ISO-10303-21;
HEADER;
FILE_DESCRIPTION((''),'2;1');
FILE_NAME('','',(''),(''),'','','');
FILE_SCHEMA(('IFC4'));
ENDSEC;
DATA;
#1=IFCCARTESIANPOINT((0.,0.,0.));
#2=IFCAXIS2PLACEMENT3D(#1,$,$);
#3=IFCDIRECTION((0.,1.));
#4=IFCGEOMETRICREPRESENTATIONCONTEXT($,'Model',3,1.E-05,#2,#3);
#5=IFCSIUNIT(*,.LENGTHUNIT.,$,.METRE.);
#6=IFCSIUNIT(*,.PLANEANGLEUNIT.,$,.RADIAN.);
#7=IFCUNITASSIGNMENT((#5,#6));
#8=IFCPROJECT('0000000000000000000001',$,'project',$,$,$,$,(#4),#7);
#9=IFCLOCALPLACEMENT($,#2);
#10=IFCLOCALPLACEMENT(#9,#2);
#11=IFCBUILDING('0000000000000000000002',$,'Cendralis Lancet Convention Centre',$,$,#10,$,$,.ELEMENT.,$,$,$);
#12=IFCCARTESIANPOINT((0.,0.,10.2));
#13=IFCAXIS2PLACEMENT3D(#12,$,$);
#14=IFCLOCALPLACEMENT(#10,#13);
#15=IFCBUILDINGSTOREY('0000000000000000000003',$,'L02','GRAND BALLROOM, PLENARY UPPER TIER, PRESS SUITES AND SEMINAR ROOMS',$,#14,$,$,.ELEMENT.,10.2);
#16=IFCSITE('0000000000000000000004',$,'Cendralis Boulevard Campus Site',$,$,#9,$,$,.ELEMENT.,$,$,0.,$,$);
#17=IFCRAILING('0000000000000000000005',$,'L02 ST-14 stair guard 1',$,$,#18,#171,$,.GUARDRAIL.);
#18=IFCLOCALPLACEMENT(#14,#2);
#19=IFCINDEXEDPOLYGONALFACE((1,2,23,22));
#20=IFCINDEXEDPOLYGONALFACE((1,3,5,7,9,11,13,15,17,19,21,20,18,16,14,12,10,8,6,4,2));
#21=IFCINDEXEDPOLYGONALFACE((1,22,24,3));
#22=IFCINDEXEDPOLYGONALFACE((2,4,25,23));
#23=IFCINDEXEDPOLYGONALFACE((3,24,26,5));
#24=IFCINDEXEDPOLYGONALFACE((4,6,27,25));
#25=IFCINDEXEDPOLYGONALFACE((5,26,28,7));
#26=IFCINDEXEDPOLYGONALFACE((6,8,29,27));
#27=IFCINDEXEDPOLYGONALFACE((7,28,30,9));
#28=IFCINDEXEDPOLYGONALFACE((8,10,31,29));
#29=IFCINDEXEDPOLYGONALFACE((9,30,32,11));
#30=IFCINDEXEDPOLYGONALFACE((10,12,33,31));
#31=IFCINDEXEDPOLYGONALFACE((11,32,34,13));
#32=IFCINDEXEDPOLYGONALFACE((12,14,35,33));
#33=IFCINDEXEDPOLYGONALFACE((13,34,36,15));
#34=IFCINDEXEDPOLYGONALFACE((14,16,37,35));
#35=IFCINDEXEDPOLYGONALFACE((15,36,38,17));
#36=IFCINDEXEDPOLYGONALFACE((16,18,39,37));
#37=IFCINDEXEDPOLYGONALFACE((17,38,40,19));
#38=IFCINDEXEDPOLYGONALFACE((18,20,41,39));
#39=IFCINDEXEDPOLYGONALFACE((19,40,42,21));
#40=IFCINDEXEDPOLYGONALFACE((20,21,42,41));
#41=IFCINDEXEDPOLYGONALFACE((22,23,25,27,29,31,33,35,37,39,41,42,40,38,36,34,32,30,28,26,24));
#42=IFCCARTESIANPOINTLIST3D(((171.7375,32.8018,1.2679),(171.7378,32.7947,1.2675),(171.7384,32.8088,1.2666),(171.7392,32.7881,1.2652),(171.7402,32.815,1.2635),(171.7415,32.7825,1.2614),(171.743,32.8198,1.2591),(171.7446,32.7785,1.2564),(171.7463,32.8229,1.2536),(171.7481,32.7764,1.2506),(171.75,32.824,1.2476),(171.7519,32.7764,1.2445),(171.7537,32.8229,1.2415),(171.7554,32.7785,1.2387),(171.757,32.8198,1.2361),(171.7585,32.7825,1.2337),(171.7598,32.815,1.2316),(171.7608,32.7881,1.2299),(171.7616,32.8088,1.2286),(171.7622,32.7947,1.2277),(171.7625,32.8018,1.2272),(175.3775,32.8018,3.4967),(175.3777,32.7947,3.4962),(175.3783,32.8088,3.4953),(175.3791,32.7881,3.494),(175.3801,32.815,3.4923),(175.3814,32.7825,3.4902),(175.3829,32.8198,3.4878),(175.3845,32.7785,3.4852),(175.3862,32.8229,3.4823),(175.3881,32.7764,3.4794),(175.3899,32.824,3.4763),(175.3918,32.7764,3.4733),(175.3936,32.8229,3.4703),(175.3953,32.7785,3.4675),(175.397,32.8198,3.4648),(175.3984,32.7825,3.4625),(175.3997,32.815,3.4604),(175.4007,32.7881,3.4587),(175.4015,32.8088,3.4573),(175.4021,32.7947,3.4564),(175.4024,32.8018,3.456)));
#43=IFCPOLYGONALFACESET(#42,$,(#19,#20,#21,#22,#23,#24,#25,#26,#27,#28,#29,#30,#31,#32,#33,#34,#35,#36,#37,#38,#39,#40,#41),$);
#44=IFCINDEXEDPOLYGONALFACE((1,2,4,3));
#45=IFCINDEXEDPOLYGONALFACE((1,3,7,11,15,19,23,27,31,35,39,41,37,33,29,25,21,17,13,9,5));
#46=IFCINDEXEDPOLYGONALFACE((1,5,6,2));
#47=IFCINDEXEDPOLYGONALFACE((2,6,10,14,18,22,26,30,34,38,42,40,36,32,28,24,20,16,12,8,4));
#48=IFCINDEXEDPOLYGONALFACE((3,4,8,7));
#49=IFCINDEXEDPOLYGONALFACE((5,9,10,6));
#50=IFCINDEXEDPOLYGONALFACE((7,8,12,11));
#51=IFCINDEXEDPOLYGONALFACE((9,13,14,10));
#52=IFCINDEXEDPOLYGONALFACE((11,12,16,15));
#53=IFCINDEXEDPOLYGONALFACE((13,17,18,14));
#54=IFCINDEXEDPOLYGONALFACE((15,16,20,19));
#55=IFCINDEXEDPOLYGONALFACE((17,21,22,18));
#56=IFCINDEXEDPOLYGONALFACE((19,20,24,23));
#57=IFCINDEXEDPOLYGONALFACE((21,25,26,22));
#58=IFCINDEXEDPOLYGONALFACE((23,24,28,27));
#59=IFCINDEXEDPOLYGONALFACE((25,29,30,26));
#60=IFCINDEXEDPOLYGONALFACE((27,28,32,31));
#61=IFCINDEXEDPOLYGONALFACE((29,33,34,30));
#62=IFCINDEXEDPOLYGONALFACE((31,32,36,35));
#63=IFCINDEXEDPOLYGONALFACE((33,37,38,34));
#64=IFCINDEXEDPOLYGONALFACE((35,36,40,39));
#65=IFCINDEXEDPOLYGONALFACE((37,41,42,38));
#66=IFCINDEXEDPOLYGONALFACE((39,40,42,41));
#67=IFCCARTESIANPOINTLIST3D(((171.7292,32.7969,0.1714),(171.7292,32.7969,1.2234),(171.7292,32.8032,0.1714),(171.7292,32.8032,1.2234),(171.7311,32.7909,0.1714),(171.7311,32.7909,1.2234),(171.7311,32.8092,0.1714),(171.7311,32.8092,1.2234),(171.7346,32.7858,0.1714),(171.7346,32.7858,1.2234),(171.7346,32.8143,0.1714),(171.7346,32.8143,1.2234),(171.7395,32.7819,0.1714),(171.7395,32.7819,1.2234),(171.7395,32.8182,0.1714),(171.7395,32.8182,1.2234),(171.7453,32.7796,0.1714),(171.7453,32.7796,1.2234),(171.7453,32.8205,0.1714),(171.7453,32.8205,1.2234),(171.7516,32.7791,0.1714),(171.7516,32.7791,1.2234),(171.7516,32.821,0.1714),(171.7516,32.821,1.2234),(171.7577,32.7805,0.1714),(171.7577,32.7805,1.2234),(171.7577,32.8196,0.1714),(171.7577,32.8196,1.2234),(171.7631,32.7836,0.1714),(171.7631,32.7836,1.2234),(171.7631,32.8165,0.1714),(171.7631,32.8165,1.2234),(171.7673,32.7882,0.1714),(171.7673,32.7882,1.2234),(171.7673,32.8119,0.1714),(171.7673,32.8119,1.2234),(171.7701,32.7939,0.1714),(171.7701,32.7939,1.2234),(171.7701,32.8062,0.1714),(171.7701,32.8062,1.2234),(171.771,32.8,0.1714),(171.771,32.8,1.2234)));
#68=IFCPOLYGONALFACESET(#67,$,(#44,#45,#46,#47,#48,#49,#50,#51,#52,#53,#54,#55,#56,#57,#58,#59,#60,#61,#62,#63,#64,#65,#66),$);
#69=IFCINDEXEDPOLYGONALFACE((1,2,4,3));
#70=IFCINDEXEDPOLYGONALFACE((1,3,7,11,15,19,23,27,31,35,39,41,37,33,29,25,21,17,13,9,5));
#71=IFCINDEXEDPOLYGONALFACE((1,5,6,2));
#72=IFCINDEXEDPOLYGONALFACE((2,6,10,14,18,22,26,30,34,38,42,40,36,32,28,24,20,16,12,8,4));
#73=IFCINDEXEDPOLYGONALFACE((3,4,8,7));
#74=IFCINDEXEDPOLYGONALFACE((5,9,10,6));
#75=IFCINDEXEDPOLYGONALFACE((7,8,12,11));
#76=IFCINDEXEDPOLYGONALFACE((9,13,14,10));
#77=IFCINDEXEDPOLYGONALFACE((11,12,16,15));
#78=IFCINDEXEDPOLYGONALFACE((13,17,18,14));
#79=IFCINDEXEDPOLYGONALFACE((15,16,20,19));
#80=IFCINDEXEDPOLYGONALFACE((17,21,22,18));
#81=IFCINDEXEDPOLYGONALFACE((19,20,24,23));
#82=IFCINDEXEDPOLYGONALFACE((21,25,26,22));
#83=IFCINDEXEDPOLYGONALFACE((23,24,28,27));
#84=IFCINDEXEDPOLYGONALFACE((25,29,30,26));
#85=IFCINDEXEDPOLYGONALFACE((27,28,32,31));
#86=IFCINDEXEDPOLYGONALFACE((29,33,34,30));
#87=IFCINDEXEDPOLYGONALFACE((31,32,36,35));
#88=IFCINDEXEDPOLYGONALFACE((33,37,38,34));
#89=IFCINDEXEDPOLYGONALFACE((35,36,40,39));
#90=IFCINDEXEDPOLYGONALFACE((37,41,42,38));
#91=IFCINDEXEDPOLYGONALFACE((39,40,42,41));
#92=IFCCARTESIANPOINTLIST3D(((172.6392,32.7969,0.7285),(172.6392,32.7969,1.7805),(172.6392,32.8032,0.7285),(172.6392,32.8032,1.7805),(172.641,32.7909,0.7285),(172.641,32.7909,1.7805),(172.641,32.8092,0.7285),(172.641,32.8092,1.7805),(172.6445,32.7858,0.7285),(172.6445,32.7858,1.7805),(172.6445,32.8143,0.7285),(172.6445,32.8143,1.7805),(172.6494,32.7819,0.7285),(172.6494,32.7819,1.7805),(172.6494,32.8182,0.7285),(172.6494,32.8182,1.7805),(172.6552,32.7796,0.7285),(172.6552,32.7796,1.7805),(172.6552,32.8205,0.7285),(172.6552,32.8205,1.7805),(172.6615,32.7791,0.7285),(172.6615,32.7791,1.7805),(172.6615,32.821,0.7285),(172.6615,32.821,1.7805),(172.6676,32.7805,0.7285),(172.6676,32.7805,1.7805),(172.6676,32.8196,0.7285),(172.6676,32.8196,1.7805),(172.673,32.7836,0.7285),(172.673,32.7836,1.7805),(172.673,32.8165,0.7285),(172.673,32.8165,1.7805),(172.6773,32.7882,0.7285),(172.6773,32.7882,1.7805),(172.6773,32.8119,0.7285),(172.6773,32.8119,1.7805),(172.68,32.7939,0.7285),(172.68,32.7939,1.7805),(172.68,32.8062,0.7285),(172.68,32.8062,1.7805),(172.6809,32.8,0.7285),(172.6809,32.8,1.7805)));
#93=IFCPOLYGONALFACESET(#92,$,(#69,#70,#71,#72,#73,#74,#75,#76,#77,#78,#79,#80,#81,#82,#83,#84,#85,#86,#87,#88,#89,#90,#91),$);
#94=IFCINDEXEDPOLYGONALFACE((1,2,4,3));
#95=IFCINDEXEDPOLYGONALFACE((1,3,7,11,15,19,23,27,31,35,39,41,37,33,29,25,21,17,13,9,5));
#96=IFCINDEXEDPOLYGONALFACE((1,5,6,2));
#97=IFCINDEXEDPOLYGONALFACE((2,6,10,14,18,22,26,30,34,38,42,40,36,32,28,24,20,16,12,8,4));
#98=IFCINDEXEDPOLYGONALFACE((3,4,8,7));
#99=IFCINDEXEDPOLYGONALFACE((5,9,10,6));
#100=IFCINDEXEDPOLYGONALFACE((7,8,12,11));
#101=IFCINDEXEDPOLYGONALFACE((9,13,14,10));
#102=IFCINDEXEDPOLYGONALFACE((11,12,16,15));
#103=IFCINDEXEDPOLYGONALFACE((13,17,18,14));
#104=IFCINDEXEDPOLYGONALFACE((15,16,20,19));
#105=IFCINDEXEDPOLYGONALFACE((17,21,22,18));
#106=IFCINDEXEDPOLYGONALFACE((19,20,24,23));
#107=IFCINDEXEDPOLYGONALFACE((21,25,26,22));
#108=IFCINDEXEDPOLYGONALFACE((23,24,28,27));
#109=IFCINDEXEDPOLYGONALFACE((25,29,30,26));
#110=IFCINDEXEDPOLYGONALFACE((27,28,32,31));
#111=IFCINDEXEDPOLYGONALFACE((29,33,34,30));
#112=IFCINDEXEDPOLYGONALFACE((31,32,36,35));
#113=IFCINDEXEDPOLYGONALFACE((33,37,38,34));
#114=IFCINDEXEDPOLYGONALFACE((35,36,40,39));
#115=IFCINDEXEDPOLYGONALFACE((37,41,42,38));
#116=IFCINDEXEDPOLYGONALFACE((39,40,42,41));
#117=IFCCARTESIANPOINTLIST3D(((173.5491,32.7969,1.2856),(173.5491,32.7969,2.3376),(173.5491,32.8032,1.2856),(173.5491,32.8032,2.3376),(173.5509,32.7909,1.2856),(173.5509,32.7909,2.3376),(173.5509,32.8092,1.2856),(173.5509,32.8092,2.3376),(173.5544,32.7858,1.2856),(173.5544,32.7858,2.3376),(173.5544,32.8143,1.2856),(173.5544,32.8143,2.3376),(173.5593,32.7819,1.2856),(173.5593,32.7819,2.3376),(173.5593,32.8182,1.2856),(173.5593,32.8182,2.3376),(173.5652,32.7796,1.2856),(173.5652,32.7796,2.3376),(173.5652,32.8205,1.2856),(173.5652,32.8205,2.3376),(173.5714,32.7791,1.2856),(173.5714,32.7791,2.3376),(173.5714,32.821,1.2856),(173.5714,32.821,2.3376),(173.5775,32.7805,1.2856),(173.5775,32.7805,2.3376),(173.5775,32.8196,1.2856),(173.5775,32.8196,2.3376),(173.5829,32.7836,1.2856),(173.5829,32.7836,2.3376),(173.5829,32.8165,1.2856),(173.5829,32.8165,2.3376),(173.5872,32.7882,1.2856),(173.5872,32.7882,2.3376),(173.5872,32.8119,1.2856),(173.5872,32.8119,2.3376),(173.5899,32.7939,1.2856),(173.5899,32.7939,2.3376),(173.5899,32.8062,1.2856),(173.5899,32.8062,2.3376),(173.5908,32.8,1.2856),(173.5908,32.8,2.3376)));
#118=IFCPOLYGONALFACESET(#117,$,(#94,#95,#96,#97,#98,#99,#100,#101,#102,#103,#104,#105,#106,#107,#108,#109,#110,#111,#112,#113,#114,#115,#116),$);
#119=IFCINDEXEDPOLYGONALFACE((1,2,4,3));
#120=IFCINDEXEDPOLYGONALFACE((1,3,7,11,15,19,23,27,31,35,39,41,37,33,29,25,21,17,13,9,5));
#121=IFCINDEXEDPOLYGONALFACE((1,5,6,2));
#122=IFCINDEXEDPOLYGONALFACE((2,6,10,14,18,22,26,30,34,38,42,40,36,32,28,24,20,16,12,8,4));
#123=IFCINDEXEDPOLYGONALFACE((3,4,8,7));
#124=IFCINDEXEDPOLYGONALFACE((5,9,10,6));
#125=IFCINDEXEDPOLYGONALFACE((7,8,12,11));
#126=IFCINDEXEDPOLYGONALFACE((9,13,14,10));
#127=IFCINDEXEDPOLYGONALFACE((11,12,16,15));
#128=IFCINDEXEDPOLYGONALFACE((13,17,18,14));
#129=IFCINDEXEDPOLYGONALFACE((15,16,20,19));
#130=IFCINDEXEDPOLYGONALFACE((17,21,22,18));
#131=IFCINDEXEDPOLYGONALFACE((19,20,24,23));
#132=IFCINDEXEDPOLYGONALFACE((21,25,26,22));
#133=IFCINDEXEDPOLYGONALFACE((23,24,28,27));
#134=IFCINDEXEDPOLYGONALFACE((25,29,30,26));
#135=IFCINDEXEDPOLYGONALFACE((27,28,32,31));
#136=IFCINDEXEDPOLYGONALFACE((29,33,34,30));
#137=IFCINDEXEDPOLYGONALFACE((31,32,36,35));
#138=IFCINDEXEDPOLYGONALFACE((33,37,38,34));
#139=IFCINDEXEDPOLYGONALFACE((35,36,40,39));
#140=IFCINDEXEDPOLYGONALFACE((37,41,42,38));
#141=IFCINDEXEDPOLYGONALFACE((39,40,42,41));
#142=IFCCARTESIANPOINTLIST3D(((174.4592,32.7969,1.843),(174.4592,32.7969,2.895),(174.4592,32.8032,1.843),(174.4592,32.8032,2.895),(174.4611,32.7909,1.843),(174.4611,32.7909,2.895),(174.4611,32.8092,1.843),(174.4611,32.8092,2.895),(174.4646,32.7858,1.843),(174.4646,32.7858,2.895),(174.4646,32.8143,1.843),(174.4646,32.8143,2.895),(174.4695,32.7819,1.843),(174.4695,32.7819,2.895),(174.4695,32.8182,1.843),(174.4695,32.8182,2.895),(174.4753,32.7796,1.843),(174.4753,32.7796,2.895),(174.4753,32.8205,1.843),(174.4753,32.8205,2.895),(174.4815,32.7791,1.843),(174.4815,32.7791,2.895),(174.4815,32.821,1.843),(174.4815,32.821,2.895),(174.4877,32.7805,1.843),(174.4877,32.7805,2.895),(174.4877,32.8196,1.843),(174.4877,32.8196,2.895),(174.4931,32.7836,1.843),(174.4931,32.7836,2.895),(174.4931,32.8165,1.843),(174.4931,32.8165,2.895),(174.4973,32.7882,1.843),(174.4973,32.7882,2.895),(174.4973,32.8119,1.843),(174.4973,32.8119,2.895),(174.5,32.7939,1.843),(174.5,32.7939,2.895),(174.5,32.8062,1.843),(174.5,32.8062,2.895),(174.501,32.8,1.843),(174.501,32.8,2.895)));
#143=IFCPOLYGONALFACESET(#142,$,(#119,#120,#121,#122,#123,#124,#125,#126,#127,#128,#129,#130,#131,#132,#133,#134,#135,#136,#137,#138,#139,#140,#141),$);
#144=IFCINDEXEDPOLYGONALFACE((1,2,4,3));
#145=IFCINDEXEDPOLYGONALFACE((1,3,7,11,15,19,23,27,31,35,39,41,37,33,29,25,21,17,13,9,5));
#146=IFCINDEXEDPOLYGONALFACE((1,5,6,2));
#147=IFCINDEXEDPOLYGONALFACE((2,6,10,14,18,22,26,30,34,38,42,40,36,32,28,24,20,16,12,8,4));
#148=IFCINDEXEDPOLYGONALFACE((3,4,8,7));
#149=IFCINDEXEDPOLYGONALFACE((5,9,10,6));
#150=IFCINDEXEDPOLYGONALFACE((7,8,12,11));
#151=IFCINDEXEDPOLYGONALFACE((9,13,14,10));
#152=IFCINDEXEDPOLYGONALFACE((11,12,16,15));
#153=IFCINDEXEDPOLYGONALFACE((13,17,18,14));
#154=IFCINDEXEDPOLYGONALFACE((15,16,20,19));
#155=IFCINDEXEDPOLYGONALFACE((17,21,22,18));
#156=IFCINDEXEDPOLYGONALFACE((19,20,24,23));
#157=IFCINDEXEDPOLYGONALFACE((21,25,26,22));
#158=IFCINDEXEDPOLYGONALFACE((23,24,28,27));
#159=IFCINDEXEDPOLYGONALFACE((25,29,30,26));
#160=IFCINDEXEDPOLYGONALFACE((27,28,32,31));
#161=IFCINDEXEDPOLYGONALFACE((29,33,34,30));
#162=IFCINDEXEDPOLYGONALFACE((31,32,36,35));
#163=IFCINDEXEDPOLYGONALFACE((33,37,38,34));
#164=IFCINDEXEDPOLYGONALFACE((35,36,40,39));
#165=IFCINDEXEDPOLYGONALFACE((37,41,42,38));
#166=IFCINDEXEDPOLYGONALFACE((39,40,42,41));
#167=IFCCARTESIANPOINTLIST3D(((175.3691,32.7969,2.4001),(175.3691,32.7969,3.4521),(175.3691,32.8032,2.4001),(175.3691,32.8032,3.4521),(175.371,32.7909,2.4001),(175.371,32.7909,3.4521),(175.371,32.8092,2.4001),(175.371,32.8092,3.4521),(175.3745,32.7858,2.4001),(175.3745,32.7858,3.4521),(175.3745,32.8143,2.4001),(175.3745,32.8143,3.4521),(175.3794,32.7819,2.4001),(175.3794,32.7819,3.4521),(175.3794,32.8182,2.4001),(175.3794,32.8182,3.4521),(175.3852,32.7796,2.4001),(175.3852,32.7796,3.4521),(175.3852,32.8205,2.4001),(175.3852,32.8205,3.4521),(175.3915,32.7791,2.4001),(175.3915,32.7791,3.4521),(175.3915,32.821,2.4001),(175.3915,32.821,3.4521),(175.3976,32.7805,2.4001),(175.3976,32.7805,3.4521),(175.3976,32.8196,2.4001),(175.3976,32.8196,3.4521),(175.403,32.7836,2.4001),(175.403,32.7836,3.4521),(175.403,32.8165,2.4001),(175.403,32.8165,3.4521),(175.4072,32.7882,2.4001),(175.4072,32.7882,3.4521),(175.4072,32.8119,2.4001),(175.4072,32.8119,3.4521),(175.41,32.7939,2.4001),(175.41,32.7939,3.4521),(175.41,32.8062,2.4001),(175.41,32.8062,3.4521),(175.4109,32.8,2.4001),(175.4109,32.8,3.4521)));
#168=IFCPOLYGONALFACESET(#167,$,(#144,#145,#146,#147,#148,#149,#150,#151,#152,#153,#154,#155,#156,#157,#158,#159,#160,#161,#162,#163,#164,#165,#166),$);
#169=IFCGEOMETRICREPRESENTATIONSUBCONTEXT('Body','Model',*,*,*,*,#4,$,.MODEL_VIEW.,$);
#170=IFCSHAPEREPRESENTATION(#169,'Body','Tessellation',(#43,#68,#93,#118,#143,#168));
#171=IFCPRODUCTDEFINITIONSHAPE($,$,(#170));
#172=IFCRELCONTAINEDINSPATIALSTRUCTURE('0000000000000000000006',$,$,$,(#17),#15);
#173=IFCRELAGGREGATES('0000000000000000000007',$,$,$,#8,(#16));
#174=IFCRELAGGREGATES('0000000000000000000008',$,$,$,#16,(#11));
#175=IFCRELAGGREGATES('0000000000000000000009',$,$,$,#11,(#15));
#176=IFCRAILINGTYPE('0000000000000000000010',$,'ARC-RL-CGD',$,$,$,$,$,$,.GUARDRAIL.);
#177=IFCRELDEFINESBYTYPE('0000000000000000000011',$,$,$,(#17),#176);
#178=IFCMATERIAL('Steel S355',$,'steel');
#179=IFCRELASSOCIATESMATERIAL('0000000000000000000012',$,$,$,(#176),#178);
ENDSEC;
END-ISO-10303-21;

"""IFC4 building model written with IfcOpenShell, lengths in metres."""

from ifc_helpers import new_model, si_unit, direction, frame, origin, origin_2d, place, context, subcontext, project, spatial, circle, extrude, material, type_object, element, save


model = new_model("IFC4")

# Units and contexts
model_context = context("Model", 3, precision=1e-05, world=origin(), true_north=direction((0.0, 1.0)))
body_context = subcontext(model_context, "Body", "Model", "MODEL_VIEW")
ifc_project = project(units=[si_unit("LENGTHUNIT", "METRE"), si_unit("PLANEANGLEUNIT", "RADIAN")], contexts=[model_context])

# Site, building, storey
site_placement = place(None, origin())
site = spatial("IfcSite", under=ifc_project, at=site_placement, Name="Cendralis Boulevard Campus Site", CompositionType="ELEMENT", RefElevation=0.0)
building_placement = place(site_placement, origin())
building = spatial("IfcBuilding", under=site, at=building_placement, Name="Cendralis Lancet Convention Centre", CompositionType="ELEMENT")
storey_placement = place(building_placement, frame((0.0, 0.0, 10.2)))
storey = spatial("IfcBuildingStorey", under=building, at=storey_placement, Name="L02", Description="GRAND BALLROOM, PLENARY UPPER TIER, PRESS SUITES AND SEMINAR ROOMS", CompositionType="ELEMENT", Elevation=10.2)

# Shared definitions
ifc_material_1 = material(Name="Steel S355", Category="steel")

# Railing
railing_type_1 = type_object("IfcRailingType", Name="ARC-RL-CGD", PredefinedType="GUARDRAIL", material=ifc_material_1)
railing_1_placement = place(storey_placement, frame((171.75, 32.8, 0.1714)))
element("IfcRailing", 1, at=railing_1_placement, inside=storey, type_object=railing_type_1, Name="L02 ST-14 stair guard 1", PredefinedType="GUARDRAIL", context=body_context, shape_type="SweptSolid", body=[
    extrude(circle(Radius=0.0239, at=origin_2d()), frame((0.0, 0.0, 1.0762), z_axis=(0.852825, 0.0, 0.522197), x_axis=(0.0, 1.0, 0.0)), (0.0, 0.0, 1.0), 4.2681),
    extrude(circle(Radius=0.021, at=origin_2d()), origin(), (0.0, 0.0, 1.0), 1.052),
    extrude(circle(Radius=0.021, at=origin_2d()), frame((0.9099, 0.0, 0.5571)), (0.0, 0.0, 1.0), 1.052),
    extrude(circle(Radius=0.021, at=origin_2d()), frame((1.8198, 0.0, 1.1143)), (0.0, 0.0, 1.0), 1.052),
    extrude(circle(Radius=0.021, at=origin_2d()), frame((2.73, 0.0, 1.6716)), (0.0, 0.0, 1.0), 1.052),
    extrude(circle(Radius=0.021, at=origin_2d()), frame((3.6399, 0.0, 2.2288)), (0.0, 0.0, 1.0), 1.052),
])

save(model, "model.ifc")
